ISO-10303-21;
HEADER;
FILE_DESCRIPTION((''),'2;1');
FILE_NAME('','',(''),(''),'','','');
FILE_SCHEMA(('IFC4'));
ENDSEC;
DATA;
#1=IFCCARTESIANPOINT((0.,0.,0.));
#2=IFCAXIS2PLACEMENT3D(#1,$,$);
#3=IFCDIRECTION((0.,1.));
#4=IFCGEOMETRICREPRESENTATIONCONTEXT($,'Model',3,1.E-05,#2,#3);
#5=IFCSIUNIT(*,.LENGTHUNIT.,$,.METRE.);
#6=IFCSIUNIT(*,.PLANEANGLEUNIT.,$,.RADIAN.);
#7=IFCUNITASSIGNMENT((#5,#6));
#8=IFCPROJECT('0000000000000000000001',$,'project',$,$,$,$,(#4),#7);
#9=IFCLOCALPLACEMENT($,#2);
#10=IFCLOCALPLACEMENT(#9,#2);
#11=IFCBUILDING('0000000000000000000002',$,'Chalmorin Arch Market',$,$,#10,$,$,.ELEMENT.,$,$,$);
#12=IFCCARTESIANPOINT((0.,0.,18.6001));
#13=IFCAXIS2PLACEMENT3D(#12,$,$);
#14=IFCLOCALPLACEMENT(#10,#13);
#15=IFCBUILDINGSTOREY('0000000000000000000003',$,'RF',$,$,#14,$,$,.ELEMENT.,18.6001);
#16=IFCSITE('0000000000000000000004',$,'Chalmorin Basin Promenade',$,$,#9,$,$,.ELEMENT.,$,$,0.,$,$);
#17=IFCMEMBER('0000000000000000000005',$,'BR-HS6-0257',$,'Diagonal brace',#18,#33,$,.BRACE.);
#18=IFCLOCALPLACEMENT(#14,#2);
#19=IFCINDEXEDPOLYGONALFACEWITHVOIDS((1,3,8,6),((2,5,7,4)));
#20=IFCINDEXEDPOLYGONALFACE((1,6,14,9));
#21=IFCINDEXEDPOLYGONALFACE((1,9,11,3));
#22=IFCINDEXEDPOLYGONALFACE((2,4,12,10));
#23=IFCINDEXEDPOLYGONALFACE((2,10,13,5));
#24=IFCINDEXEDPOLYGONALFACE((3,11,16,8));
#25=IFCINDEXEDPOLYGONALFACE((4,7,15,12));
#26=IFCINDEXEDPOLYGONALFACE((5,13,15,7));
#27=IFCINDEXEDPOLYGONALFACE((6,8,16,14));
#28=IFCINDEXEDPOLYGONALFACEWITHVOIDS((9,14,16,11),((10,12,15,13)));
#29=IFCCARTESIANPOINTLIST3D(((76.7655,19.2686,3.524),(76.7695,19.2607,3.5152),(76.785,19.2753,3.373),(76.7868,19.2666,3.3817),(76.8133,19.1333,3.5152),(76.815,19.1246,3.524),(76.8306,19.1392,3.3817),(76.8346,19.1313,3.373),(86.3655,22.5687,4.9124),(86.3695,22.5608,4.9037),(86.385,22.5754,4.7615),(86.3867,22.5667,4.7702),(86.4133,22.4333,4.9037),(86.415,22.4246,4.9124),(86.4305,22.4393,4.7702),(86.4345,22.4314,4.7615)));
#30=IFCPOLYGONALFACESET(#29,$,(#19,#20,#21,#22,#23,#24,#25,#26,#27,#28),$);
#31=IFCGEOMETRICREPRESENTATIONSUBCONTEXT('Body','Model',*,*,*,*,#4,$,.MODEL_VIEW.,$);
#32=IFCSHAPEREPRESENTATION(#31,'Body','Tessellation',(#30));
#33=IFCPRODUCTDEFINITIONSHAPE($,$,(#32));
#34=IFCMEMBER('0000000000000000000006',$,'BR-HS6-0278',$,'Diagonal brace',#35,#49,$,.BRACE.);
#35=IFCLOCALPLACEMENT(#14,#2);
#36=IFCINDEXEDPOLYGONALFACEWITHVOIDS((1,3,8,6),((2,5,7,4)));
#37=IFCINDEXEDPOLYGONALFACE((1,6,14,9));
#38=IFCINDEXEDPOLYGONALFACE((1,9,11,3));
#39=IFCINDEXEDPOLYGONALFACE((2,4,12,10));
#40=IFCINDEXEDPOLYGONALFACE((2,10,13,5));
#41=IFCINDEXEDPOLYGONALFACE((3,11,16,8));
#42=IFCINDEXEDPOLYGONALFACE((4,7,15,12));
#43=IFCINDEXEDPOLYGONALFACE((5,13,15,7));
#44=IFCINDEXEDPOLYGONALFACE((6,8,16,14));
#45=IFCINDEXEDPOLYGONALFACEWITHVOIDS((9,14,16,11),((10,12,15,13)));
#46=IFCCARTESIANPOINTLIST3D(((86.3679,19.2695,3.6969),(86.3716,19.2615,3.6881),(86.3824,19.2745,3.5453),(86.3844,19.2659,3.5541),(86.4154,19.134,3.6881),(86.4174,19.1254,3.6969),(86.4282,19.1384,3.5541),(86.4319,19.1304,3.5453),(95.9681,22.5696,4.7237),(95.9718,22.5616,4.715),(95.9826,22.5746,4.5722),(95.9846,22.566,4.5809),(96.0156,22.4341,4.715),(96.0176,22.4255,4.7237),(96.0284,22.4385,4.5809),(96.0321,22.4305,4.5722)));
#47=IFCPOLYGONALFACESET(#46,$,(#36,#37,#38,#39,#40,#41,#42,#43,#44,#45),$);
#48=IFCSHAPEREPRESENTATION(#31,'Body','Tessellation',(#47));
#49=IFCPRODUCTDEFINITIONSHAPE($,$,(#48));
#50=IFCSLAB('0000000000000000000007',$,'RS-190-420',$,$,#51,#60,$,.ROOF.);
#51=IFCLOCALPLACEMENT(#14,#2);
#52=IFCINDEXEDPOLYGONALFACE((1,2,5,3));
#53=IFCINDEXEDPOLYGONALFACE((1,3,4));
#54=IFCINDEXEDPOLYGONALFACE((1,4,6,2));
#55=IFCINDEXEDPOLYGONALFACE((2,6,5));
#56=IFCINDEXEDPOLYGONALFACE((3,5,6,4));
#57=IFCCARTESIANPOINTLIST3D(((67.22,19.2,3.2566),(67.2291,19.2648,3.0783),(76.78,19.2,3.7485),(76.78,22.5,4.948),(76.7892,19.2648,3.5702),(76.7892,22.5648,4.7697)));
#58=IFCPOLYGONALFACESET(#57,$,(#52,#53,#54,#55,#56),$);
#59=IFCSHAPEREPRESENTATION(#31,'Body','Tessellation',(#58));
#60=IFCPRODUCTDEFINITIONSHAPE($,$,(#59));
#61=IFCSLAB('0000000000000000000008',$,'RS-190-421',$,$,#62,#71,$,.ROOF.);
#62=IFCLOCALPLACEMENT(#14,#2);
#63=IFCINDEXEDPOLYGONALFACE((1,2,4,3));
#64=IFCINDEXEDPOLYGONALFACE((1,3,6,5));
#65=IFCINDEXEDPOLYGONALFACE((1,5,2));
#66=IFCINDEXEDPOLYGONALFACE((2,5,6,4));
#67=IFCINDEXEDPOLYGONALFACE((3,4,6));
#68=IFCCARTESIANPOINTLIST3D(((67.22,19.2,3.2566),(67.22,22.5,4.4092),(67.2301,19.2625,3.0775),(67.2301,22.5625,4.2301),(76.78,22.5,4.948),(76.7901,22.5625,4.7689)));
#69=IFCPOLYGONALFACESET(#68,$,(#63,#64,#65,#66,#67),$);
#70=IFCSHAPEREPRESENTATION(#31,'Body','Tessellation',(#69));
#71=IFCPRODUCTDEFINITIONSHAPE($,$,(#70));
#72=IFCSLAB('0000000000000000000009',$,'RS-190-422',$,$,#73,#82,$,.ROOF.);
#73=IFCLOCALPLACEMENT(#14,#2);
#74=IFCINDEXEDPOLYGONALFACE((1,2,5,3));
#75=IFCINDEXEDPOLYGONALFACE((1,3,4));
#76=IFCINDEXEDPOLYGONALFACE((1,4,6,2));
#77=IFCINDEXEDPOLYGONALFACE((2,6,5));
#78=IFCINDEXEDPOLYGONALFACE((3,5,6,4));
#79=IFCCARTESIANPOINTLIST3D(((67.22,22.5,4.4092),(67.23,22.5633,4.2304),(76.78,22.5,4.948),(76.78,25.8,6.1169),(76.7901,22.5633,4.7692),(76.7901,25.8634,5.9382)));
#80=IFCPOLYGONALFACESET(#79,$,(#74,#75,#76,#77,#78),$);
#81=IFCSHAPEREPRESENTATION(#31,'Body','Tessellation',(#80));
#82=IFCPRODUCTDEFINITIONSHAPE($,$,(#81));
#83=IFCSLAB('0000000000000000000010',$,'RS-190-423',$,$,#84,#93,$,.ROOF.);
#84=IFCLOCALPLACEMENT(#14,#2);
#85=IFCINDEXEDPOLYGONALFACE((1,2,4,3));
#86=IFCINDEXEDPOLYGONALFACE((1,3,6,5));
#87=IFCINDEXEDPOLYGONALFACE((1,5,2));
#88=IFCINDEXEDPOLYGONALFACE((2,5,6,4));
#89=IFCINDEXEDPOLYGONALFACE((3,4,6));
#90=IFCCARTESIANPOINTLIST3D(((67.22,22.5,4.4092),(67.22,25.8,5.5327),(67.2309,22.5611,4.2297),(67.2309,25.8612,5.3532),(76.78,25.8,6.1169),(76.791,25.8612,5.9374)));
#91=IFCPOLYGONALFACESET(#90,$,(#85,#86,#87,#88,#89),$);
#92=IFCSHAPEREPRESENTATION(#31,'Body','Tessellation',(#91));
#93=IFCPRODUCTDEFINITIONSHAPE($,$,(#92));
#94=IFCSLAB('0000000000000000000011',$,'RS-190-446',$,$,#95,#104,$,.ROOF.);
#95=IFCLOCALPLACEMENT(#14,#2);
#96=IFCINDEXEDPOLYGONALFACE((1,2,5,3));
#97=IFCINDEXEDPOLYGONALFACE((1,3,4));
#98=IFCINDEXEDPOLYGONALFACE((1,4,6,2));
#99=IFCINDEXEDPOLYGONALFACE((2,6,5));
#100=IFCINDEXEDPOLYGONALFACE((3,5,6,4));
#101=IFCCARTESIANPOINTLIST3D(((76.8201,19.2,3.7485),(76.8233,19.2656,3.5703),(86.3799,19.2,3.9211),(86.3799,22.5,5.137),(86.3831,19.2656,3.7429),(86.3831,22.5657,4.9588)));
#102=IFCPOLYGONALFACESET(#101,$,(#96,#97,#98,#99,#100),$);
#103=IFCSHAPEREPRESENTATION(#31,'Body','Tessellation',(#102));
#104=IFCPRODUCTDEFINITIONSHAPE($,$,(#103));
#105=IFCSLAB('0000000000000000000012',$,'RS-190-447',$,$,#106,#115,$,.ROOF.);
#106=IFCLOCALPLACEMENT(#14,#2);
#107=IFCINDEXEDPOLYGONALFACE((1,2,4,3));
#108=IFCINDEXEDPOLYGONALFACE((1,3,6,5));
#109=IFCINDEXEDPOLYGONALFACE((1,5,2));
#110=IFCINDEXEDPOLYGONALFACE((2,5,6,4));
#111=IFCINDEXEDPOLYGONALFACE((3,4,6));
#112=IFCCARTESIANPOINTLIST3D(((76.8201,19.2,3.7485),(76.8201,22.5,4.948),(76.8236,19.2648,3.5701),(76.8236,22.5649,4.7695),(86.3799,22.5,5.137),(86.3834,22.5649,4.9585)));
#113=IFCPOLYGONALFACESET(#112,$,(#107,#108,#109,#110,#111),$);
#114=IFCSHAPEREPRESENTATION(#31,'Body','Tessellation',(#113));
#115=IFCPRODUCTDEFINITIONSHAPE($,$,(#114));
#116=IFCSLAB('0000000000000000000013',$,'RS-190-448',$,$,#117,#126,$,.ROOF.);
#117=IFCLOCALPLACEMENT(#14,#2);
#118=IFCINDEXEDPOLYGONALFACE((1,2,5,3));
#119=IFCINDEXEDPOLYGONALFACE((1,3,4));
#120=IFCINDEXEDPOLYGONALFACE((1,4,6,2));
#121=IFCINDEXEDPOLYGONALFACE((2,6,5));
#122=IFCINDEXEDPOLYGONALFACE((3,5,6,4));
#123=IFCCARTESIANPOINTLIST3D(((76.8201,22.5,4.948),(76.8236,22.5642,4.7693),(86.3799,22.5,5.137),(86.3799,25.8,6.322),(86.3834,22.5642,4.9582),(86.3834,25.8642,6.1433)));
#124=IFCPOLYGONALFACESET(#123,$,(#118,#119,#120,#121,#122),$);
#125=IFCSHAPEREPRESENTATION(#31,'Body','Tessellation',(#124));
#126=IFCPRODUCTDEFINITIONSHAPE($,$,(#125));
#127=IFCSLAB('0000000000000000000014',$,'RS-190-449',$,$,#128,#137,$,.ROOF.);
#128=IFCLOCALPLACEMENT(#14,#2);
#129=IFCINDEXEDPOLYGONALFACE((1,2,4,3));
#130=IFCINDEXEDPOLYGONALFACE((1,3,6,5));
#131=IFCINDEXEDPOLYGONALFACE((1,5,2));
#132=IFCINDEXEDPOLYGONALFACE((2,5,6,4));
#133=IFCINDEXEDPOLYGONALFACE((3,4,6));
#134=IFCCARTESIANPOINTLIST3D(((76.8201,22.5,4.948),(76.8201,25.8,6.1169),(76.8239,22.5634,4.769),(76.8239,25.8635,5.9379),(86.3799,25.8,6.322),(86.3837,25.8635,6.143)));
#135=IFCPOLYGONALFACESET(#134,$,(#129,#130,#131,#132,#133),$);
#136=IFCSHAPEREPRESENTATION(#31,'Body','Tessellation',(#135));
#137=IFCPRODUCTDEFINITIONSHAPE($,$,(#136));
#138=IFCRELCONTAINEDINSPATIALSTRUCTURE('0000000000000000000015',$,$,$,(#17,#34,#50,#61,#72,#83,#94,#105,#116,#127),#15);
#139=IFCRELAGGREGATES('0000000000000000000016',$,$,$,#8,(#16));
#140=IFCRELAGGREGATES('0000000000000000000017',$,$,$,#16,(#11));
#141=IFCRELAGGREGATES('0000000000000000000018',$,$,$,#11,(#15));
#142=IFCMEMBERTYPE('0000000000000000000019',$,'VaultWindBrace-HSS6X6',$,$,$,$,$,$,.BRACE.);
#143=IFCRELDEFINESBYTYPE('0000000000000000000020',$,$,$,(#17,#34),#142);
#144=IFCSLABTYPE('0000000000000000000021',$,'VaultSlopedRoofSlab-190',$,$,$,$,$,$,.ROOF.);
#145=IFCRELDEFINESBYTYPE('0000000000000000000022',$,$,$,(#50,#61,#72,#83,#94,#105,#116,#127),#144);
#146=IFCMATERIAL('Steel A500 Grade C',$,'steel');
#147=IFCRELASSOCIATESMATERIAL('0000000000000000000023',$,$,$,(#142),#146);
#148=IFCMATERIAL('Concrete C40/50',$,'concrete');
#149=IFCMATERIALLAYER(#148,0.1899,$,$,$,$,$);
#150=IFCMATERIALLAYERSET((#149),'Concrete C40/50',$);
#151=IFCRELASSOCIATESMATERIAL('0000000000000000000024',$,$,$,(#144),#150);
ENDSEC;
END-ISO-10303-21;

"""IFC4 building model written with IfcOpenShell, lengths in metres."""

from ifc_helpers import new_model, si_unit, direction, frame, origin, origin_2d, place, context, subcontext, project, spatial, polyline, hollow_rectangle, outline, extrude, material, layer, layer_set, material_profile, profile_set, type_object, element, save


model = new_model("IFC4")

# Units and contexts
model_context = context("Model", 3, precision=1e-05, world=origin(), true_north=direction((0.0, 1.0)))
body_context = subcontext(model_context, "Body", "Model", "MODEL_VIEW")
ifc_project = project(units=[si_unit("LENGTHUNIT", "METRE"), si_unit("PLANEANGLEUNIT", "RADIAN")], contexts=[model_context])

# Site, building, storey
site_placement = place(None, origin())
site = spatial("IfcSite", under=ifc_project, at=site_placement, Name="Chalmorin Basin Promenade", CompositionType="ELEMENT", RefElevation=0.0)
building_placement = place(site_placement, origin())
building = spatial("IfcBuilding", under=site, at=building_placement, Name="Chalmorin Arch Market", CompositionType="ELEMENT")
storey_placement = place(building_placement, frame((0.0, 0.0, 18.6001)))
storey = spatial("IfcBuildingStorey", under=building, at=storey_placement, Name="RF", CompositionType="ELEMENT", Elevation=18.6001)

# Shared definitions
ifc_material_1 = material(Name="Steel A500 Grade C", Category="steel")

# Members
ifc_material_profile_1 = material_profile(ifc_material_1, hollow_rectangle(XDim=0.1523, YDim=0.1523, WallThickness=0.0088, at=origin_2d()), Name="HSS6X6X3/8")
ifc_profile_set_1 = profile_set([ifc_material_profile_1], Name="Steel A500 Grade C")
member_type_1 = type_object("IfcMemberType", Name="VaultWindBrace-HSS6X6", PredefinedType="BRACE", material=ifc_profile_set_1)
member_1_placement = place(storey_placement, frame((76.8, 19.2, 3.4485), z_axis=(0.93696, 0.32209, 0.135513), x_axis=(-0.325089, 0.945684, 0.0)))
element("IfcMember", 1, at=member_1_placement, inside=storey, type_object=member_type_1, Name="BR-HS6-0257", ObjectType="Diagonal brace", PredefinedType="BRACE", context=body_context, shape_type="SweptSolid", body=[
    extrude(hollow_rectangle(XDim=0.1523, YDim=0.1523, WallThickness=0.0088, at=origin_2d()), origin(), (0.0, 0.0, 1.0), 10.2458),
])
member_2_placement = place(storey_placement, frame((86.3999, 19.2, 3.6211), z_axis=(0.940885, 0.323431, 0.10064), x_axis=(-0.325081, 0.945686, 0.0)))
element("IfcMember", 2, at=member_2_placement, inside=storey, type_object=member_type_1, Name="BR-HS6-0278", ObjectType="Diagonal brace", PredefinedType="BRACE", context=body_context, shape_type="SweptSolid", body=[
    extrude(hollow_rectangle(XDim=0.1523, YDim=0.1523, WallThickness=0.0088, at=origin_2d()), origin(), (0.0, 0.0, 1.0), 10.2034),
])

# Slabs
ifc_material_2 = material(Name="Concrete C40/50", Category="concrete")
ifc_layer = layer(ifc_material_2, 0.1899)
ifc_layer_set = layer_set([ifc_layer], Name="Concrete C40/50")
slab_type = type_object("IfcSlabType", Name="VaultSlopedRoofSlab-190", PredefinedType="ROOF", material=ifc_layer_set)
slab_1_placement = place(storey_placement, frame((67.22, 19.2, 3.2566), z_axis=(-0.048306, -0.341205, 0.938747), x_axis=(0.998679, 0.0, 0.05139)))
element("IfcSlab", 3, at=slab_1_placement, inside=storey, type_object=slab_type, Name="RS-190-420", PredefinedType="ROOF", context=body_context, shape_type="SweptSolid", body=[
    extrude(outline(polyline([(0.0, 0.0), (9.5727, 0.0), (9.6343, 3.5107), (0.0, 0.0)])), origin(), (0.0, 0.0, -1.0), 0.1899),
])
slab_2_placement = place(storey_placement, frame((67.22, 19.2, 3.2566), z_axis=(-0.053134, -0.329265, 0.942741), x_axis=(0.932319, 0.321828, 0.16495)))
element("IfcSlab", 4, at=slab_2_placement, inside=storey, type_object=slab_type, Name="RS-190-421", PredefinedType="ROOF", context=body_context, shape_type="SweptSolid", body=[
    extrude(outline(polyline([(0.0, 0.0), (10.2541, 0.0), (1.2522, 3.2636), (0.0, 0.0)])), origin(), (0.0, 0.0, -1.0), 0.1899),
])
slab_3_placement = place(storey_placement, frame((67.22, 22.5, 4.4092), z_axis=(-0.053052, -0.333422, 0.941284), x_axis=(0.998415, 0.0, 0.056272)))
element("IfcSlab", 5, at=slab_3_placement, inside=storey, type_object=slab_type, Name="RS-190-422", PredefinedType="ROOF", context=body_context, shape_type="SweptSolid", body=[
    extrude(outline(polyline([(0.0, 0.0), (9.5752, 0.0), (9.641, 3.5003), (0.0, 0.0)])), origin(), (0.0, 0.0, -1.0), 0.1899),
])
slab_4_placement = place(storey_placement, frame((67.22, 22.5, 4.4092), z_axis=(-0.057754, -0.321755, 0.94506), x_axis=(0.932072, 0.321743, 0.166501)))
element("IfcSlab", 6, at=slab_4_placement, inside=storey, type_object=slab_type, Name="RS-190-423", PredefinedType="ROOF", context=body_context, shape_type="SweptSolid", body=[
    extrude(outline(polyline([(0.0, 0.0), (10.2568, 0.0), (1.2488, 3.2547), (0.0, 0.0)])), origin(), (0.0, 0.0, -1.0), 0.1899),
])
slab_5_placement = place(storey_placement, frame((76.8201, 19.2, 3.7485), z_axis=(-0.01694, -0.345659, 0.938207), x_axis=(0.999837, 0.0, 0.018053)))
element("IfcSlab", 7, at=slab_5_placement, inside=storey, type_object=slab_type, Name="RS-190-446", PredefinedType="ROOF", context=body_context, shape_type="SweptSolid", body=[
    extrude(outline(polyline([(0.0, 0.0), (9.5614, 0.0), (9.5833, 3.5168), (0.0, 0.0)])), origin(), (0.0, 0.0, -1.0), 0.1899),
])
slab_6_placement = place(storey_placement, frame((76.8201, 19.2, 3.7485), z_axis=(-0.018574, -0.341545, 0.939682), x_axis=(0.93648, 0.323273, 0.136011)))
element("IfcSlab", 8, at=slab_6_placement, inside=storey, type_object=slab_type, Name="RS-190-447", PredefinedType="ROOF", context=body_context, shape_type="SweptSolid", body=[
    extrude(outline(polyline([(0.0, 0.0), (10.2082, 0.0), (1.23, 3.2888), (0.0, 0.0)])), origin(), (0.0, 0.0, -1.0), 0.1899),
])
slab_7_placement = place(storey_placement, frame((76.8201, 22.5, 4.948), z_axis=(-0.0186, -0.337914, 0.940993), x_axis=(0.999805, 0.0, 0.019763)))
element("IfcSlab", 9, at=slab_7_placement, inside=storey, type_object=slab_type, Name="RS-190-448", PredefinedType="ROOF", context=body_context, shape_type="SweptSolid", body=[
    extrude(outline(polyline([(0.0, 0.0), (9.5617, 0.0), (9.5851, 3.5063), (0.0, 0.0)])), origin(), (0.0, 0.0, -1.0), 0.1899),
])
slab_8_placement = place(storey_placement, frame((76.8201, 22.5, 4.948), z_axis=(-0.020217, -0.333824, 0.942419), x_axis=(0.936659, 0.323335, 0.134625)))
element("IfcSlab", 10, at=slab_8_placement, inside=storey, type_object=slab_type, Name="RS-190-449", PredefinedType="ROOF", context=body_context, shape_type="SweptSolid", body=[
    extrude(outline(polyline([(0.0, 0.0), (10.2063, 0.0), (1.2244, 3.2799), (0.0, 0.0)])), origin(), (0.0, 0.0, -1.0), 0.1899),
])

save(model, "model.ifc")
